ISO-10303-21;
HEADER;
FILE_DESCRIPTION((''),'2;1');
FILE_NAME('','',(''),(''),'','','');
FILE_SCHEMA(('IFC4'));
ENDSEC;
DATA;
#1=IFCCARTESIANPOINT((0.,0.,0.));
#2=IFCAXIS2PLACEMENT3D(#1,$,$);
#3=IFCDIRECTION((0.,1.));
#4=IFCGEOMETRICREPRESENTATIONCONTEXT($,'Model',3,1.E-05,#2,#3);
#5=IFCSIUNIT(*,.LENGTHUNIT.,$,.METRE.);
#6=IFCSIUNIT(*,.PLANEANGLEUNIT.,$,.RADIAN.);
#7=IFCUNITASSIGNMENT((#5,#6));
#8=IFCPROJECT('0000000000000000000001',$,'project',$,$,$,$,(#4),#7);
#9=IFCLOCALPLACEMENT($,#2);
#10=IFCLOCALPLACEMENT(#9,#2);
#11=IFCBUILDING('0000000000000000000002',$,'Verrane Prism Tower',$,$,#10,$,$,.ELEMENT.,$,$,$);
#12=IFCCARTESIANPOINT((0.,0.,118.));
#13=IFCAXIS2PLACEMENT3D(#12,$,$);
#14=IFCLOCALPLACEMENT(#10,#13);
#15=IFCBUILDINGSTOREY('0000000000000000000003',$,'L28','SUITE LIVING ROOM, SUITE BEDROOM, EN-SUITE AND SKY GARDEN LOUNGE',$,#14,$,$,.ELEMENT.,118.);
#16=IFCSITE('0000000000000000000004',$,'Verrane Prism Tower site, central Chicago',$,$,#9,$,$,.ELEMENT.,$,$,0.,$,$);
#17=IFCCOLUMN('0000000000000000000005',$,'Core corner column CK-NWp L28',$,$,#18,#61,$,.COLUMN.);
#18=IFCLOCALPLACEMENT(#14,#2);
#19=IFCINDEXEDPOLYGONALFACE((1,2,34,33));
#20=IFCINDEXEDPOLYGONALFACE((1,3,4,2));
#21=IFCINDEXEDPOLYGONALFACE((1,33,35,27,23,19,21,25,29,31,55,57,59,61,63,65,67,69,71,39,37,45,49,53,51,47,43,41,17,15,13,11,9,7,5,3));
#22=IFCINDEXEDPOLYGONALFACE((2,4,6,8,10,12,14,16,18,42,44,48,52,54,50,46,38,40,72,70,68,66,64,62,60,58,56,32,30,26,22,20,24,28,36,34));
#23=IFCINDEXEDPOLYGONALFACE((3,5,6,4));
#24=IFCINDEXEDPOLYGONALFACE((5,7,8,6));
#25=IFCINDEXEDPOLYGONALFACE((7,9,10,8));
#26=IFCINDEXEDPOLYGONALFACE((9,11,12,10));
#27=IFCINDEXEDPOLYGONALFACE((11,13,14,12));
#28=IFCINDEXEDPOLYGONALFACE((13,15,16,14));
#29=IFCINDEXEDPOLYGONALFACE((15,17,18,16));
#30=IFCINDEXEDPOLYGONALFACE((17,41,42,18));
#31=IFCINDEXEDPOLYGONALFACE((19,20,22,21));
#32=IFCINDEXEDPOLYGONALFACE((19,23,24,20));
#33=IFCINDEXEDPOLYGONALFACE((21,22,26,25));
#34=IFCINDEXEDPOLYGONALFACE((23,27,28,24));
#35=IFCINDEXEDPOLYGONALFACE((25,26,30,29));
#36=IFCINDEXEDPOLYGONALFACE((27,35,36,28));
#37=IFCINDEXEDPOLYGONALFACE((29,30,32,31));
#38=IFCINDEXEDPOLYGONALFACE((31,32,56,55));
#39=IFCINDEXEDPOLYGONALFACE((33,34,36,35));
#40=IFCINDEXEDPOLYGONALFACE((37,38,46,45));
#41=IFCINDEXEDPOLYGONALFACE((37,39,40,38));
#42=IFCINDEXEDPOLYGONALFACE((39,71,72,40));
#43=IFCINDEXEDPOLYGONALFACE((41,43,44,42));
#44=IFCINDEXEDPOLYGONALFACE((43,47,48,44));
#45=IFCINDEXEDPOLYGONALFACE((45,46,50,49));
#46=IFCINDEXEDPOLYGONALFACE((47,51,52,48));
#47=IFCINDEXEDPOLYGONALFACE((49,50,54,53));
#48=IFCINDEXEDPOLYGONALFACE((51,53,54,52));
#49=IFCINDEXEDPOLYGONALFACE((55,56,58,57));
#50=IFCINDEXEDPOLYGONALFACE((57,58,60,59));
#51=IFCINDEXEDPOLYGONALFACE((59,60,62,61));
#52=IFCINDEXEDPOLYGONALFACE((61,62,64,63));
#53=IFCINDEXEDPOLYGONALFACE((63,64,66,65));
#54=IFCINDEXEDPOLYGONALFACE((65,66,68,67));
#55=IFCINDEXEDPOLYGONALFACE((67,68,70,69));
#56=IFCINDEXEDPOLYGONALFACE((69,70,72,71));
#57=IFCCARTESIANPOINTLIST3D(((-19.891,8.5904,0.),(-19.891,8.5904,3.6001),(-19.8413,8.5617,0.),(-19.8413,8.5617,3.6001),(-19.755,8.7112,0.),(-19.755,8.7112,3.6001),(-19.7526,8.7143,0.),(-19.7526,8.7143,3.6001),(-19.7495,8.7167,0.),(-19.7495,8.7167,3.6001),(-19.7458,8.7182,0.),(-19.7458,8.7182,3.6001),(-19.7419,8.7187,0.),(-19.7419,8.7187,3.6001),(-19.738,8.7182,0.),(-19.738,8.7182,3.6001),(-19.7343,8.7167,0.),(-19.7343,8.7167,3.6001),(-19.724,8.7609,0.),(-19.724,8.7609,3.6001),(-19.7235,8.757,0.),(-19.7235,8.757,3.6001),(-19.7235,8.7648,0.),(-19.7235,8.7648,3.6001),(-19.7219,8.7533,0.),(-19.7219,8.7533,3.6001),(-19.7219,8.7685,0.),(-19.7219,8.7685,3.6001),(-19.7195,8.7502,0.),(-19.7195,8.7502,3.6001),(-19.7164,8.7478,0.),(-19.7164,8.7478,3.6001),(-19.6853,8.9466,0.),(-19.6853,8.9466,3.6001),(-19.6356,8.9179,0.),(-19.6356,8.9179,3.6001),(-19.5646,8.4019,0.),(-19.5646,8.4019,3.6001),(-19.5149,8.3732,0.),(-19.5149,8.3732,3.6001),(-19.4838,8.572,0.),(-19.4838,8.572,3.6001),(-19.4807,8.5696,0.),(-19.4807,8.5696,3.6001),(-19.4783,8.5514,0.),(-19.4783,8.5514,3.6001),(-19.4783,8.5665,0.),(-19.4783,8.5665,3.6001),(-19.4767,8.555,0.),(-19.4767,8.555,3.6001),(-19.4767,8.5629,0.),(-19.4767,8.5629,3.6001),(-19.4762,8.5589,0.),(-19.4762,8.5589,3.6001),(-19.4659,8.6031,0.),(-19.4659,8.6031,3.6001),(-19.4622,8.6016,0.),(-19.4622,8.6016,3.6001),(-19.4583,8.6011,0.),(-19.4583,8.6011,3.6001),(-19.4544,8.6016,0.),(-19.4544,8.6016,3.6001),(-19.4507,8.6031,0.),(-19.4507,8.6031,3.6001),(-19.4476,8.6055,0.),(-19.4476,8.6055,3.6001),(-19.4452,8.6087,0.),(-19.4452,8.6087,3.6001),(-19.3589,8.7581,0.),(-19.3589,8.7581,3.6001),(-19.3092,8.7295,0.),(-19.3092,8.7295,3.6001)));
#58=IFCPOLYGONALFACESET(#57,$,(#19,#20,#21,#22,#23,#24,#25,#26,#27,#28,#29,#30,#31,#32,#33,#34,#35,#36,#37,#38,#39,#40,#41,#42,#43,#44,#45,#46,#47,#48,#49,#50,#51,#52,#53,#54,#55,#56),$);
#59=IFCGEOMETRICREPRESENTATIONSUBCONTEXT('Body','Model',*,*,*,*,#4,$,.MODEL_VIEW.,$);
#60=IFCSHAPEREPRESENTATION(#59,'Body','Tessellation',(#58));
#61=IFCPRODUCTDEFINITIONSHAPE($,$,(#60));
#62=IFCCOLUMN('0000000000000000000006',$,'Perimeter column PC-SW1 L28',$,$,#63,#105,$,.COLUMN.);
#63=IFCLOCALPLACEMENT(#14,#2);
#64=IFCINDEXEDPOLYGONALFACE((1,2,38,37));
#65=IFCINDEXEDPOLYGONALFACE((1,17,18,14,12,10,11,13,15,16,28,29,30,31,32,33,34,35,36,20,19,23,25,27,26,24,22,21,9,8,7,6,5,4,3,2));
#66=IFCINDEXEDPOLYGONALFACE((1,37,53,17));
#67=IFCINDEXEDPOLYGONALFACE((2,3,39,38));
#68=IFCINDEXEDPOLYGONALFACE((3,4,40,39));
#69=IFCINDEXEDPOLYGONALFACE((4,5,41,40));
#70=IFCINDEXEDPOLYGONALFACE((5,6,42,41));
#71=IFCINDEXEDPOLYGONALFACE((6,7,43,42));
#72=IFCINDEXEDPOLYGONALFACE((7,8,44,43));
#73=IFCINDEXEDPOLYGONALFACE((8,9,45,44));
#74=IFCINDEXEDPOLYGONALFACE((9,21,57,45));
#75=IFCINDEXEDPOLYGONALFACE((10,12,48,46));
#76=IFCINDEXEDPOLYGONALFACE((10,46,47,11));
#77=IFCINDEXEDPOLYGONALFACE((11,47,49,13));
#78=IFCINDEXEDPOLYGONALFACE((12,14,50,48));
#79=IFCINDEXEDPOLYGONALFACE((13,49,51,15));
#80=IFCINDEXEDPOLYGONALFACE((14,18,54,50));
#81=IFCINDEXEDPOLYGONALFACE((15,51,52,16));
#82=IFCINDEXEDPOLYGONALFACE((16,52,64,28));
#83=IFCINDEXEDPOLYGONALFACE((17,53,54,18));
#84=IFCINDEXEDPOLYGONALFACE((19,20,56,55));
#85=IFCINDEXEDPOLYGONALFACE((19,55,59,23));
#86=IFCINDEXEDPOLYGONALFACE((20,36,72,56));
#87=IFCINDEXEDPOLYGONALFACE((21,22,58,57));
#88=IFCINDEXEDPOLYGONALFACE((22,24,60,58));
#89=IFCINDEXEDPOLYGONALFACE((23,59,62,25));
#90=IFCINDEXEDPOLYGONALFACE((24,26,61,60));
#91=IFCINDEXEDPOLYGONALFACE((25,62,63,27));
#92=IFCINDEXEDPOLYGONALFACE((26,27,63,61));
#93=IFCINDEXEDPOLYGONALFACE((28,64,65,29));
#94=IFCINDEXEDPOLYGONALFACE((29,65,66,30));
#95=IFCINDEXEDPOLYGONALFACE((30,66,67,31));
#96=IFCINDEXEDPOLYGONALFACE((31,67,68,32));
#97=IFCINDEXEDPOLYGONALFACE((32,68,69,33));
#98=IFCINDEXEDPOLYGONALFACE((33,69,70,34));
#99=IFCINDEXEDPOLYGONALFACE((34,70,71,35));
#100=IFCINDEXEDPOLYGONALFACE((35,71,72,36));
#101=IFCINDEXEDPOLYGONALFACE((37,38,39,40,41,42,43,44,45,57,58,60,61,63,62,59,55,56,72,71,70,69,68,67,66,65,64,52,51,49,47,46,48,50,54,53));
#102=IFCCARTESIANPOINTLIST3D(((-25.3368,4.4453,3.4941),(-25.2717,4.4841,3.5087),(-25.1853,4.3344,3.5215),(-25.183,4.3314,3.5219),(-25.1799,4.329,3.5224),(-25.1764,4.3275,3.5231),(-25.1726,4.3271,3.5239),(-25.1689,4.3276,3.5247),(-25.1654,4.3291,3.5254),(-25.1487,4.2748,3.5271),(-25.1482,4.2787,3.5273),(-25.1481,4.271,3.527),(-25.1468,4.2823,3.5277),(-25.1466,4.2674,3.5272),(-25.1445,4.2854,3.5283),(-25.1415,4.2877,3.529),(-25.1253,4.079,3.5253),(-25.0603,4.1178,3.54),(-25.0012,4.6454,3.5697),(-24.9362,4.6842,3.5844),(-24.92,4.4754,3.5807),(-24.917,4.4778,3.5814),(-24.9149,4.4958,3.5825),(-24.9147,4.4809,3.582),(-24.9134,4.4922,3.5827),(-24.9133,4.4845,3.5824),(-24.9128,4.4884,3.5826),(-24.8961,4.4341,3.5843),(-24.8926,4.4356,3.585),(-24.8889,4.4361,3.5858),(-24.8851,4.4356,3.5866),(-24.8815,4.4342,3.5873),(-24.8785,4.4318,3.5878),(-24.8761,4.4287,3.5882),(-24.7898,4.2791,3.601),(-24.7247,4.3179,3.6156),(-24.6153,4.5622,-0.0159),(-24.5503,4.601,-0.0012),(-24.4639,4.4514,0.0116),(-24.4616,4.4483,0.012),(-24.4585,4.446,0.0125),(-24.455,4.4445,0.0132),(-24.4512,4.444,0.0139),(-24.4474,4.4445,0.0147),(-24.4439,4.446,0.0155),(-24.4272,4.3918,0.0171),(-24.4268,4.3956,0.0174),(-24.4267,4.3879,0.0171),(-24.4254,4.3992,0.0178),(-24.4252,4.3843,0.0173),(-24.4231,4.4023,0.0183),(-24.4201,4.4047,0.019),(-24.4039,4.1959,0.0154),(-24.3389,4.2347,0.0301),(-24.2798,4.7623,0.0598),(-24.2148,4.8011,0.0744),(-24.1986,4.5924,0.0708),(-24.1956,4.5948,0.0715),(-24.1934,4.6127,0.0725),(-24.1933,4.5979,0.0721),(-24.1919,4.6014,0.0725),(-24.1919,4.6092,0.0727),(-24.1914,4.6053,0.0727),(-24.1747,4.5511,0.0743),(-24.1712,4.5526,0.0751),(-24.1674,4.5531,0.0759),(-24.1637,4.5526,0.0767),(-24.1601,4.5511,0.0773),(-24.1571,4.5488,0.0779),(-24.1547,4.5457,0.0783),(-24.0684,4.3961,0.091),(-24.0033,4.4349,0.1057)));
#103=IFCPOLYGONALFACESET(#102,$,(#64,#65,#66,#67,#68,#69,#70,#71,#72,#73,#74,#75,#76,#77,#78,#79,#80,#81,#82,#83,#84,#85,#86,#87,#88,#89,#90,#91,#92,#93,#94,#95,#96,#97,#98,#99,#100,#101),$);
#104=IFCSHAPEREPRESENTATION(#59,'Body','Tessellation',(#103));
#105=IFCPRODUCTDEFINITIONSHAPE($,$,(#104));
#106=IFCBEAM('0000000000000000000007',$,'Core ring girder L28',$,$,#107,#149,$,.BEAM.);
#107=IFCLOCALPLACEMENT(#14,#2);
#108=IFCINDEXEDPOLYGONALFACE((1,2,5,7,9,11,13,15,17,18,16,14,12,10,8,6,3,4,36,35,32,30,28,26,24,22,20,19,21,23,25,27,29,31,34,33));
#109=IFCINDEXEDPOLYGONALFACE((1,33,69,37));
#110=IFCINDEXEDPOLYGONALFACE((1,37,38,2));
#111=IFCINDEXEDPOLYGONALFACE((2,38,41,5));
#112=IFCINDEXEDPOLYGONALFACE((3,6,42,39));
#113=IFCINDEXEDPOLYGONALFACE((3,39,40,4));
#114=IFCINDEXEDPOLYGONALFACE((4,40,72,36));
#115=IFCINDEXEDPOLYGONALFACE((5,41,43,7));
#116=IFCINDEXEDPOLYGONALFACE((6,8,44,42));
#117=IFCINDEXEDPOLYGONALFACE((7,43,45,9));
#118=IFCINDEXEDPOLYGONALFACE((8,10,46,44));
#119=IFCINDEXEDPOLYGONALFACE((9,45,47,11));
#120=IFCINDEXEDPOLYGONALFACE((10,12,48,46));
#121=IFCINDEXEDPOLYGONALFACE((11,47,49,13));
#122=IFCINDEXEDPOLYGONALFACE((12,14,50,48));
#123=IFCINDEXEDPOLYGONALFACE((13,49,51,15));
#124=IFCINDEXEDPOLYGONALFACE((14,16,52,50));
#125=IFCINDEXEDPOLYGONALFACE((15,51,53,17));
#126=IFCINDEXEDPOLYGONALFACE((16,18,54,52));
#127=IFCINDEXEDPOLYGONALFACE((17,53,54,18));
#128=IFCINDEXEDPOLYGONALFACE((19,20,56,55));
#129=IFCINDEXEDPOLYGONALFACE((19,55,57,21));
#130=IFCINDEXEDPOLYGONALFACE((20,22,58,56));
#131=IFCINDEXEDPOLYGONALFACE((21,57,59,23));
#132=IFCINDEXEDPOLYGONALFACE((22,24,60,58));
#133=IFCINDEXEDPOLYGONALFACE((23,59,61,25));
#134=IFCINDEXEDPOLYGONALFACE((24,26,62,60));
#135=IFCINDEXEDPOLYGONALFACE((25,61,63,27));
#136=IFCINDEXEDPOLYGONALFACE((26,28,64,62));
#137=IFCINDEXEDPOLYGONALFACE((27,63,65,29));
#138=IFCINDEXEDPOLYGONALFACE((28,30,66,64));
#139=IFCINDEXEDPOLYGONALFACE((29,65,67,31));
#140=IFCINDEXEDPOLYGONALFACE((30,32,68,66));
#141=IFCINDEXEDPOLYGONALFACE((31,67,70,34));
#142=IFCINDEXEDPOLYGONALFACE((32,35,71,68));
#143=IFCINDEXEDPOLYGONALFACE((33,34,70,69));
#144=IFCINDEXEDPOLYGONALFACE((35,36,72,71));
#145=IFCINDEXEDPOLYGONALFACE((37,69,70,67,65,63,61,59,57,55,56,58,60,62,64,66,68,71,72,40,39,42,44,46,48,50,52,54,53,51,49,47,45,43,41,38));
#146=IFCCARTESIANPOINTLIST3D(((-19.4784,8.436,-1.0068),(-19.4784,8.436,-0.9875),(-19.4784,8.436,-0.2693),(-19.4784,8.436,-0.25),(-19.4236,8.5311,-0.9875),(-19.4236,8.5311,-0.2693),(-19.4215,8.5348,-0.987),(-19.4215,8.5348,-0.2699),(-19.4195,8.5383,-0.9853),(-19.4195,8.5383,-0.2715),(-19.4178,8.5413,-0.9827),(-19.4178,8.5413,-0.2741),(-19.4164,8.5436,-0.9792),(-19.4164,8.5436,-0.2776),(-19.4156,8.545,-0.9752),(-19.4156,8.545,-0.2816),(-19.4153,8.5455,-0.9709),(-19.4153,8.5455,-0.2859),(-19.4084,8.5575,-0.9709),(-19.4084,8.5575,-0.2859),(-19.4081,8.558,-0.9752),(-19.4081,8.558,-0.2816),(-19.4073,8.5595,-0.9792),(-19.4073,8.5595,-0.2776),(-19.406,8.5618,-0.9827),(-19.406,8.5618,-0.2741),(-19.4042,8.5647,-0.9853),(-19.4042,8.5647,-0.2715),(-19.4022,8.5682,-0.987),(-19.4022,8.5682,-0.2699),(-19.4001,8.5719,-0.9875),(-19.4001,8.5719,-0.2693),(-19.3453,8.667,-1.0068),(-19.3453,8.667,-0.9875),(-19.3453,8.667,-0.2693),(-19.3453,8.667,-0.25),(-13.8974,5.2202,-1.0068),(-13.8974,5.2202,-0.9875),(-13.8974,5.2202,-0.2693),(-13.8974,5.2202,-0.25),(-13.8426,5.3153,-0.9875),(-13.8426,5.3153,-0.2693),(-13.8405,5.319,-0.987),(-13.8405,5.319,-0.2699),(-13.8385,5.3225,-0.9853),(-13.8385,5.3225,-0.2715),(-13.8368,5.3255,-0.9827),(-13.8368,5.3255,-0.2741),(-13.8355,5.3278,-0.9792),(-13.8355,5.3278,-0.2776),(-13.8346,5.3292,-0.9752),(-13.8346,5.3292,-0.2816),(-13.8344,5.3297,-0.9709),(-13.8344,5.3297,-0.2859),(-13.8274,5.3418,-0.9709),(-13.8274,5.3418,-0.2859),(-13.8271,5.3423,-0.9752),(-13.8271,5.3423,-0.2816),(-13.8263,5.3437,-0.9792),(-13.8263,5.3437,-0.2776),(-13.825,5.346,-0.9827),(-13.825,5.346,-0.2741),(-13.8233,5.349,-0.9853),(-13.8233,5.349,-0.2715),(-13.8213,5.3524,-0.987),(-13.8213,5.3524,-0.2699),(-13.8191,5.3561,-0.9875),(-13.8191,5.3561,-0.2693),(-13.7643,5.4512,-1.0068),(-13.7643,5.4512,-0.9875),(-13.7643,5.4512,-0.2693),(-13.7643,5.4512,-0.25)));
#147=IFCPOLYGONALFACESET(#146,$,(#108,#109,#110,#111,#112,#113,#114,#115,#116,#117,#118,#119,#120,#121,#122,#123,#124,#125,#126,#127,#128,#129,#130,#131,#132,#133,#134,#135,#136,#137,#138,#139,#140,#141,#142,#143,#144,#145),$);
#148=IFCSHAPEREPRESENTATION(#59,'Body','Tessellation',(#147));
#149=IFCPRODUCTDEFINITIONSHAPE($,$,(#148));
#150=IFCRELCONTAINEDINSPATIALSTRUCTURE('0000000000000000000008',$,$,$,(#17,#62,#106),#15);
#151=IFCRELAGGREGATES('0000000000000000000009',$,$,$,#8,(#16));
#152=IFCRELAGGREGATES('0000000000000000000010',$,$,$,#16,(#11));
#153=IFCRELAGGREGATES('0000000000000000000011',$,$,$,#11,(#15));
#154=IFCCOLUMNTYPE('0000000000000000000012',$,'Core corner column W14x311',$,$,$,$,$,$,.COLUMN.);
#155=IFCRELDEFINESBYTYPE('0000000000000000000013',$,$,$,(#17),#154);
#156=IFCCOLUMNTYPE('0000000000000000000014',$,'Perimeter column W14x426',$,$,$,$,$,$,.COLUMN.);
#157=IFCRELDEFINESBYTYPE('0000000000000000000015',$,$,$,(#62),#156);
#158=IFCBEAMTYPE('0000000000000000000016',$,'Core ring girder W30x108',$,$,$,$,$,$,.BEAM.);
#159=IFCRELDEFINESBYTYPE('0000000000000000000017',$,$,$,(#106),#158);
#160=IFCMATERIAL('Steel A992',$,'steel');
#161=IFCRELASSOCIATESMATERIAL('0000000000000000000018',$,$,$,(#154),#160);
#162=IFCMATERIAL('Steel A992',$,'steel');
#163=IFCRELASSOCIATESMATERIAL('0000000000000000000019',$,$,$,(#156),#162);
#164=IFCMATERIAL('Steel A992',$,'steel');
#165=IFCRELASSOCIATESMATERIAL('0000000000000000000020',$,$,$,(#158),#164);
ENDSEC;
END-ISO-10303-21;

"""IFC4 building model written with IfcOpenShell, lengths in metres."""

from ifc_helpers import new_model, si_unit, direction, frame, origin, origin_2d, place, context, subcontext, project, spatial, i_section, extrude, material, material_profile, profile_set, type_object, element, save


model = new_model("IFC4")

# Units and contexts
model_context = context("Model", 3, precision=1e-05, world=origin(), true_north=direction((0.0, 1.0)))
body_context = subcontext(model_context, "Body", "Model", "MODEL_VIEW")
ifc_project = project(units=[si_unit("LENGTHUNIT", "METRE"), si_unit("PLANEANGLEUNIT", "RADIAN")], contexts=[model_context])

# Site, building, storey
site_placement = place(None, origin())
site = spatial("IfcSite", under=ifc_project, at=site_placement, Name="Verrane Prism Tower site, central Chicago", CompositionType="ELEMENT", RefElevation=0.0)
building_placement = place(site_placement, origin())
building = spatial("IfcBuilding", under=site, at=building_placement, Name="Verrane Prism Tower", CompositionType="ELEMENT")
storey_placement = place(building_placement, frame((0.0, 0.0, 118.0)))
storey = spatial("IfcBuildingStorey", under=building, at=storey_placement, Name="L28", Description="SUITE LIVING ROOM, SUITE BEDROOM, EN-SUITE AND SKY GARDEN LOUNGE", CompositionType="ELEMENT", Elevation=118.0)

# Columns
ifc_material_1 = material(Name="Steel A992", Category="steel")
ifc_material_profile_1 = material_profile(ifc_material_1, i_section(OverallWidth=0.4114, OverallDepth=0.4343, WebThickness=0.0359, FlangeThickness=0.0574, FilletRadius=0.0151, at=origin_2d()), Name="W14x311")
ifc_profile_set_1 = profile_set([ifc_material_profile_1], Name="Steel A992")
column_type_1 = type_object("IfcColumnType", Name="Core corner column W14x311", PredefinedType="COLUMN", material=ifc_profile_set_1)
column_1_placement = place(storey_placement, frame((-19.6001, 8.6599, 0.0), z_axis=(0.0, 0.0, 1.0), x_axis=(0.5, 0.866025, 0.0)))
element("IfcColumn", 1, at=column_1_placement, inside=storey, type_object=column_type_1, Name="Core corner column CK-NWp L28", PredefinedType="COLUMN", context=body_context, shape_type="SweptSolid", body=[
    extrude(i_section(OverallWidth=0.4114, OverallDepth=0.4343, WebThickness=0.0359, FlangeThickness=0.0574, FilletRadius=0.0151, at=origin_2d()), origin(), (0.0, 0.0, 1.0), 3.6001),
])
ifc_material_2 = material(Name="Steel A992", Category="steel")
ifc_material_profile_2 = material_profile(ifc_material_2, i_section(OverallWidth=0.4241, OverallDepth=0.4751, WebThickness=0.0479, FlangeThickness=0.0771, FilletRadius=0.0149, at=origin_2d()), Name="W14x426")
ifc_profile_set_2 = profile_set([ifc_material_profile_2], Name="Steel A992")
column_type_2 = type_object("IfcColumnType", Name="Perimeter column W14x426", PredefinedType="COLUMN", material=ifc_profile_set_2)
column_2_placement = place(storey_placement, frame((-24.3093, 4.4985, 0.0449), z_axis=(-0.201221, -0.032618, 0.979003), x_axis=(-0.498587, 0.863701, -0.073702)))
element("IfcColumn", 2, at=column_2_placement, inside=storey, type_object=column_type_2, Name="Perimeter column PC-SW1 L28", PredefinedType="COLUMN", context=body_context, shape_type="SweptSolid", body=[
    extrude(i_section(OverallWidth=0.4241, OverallDepth=0.4751, WebThickness=0.0479, FlangeThickness=0.0771, FilletRadius=0.0149, at=origin_2d()), origin(), (0.0, 0.0, 1.0), 3.5852),
])

# Beam
ifc_material_3 = material(Name="Steel A992", Category="steel")
ifc_material_profile_3 = material_profile(ifc_material_3, i_section(OverallWidth=0.2666, OverallDepth=0.7568, WebThickness=0.0139, FlangeThickness=0.0193, FilletRadius=0.0166, at=origin_2d()), Name="W30x108")
ifc_profile_set_3 = profile_set([ifc_material_profile_3], Name="Steel A992")
beam_type_1 = type_object("IfcBeamType", Name="Core ring girder W30x108", PredefinedType="BEAM", material=ifc_profile_set_3)
beam_1_placement = place(storey_placement, frame((-19.4119, 8.5515, -0.6284), z_axis=(0.866456, -0.499254, 0.0), x_axis=(0.499254, 0.866456, 0.0)))
element("IfcBeam", 3, at=beam_1_placement, inside=storey, type_object=beam_type_1, Name="Core ring girder L28", PredefinedType="BEAM", context=body_context, shape_type="SweptSolid", body=[
    extrude(i_section(OverallWidth=0.2666, OverallDepth=0.7568, WebThickness=0.0139, FlangeThickness=0.0193, FilletRadius=0.0166, at=origin_2d()), origin(), (0.0, 0.0, 1.0), 6.4412),
])

save(model, "model.ifc")
